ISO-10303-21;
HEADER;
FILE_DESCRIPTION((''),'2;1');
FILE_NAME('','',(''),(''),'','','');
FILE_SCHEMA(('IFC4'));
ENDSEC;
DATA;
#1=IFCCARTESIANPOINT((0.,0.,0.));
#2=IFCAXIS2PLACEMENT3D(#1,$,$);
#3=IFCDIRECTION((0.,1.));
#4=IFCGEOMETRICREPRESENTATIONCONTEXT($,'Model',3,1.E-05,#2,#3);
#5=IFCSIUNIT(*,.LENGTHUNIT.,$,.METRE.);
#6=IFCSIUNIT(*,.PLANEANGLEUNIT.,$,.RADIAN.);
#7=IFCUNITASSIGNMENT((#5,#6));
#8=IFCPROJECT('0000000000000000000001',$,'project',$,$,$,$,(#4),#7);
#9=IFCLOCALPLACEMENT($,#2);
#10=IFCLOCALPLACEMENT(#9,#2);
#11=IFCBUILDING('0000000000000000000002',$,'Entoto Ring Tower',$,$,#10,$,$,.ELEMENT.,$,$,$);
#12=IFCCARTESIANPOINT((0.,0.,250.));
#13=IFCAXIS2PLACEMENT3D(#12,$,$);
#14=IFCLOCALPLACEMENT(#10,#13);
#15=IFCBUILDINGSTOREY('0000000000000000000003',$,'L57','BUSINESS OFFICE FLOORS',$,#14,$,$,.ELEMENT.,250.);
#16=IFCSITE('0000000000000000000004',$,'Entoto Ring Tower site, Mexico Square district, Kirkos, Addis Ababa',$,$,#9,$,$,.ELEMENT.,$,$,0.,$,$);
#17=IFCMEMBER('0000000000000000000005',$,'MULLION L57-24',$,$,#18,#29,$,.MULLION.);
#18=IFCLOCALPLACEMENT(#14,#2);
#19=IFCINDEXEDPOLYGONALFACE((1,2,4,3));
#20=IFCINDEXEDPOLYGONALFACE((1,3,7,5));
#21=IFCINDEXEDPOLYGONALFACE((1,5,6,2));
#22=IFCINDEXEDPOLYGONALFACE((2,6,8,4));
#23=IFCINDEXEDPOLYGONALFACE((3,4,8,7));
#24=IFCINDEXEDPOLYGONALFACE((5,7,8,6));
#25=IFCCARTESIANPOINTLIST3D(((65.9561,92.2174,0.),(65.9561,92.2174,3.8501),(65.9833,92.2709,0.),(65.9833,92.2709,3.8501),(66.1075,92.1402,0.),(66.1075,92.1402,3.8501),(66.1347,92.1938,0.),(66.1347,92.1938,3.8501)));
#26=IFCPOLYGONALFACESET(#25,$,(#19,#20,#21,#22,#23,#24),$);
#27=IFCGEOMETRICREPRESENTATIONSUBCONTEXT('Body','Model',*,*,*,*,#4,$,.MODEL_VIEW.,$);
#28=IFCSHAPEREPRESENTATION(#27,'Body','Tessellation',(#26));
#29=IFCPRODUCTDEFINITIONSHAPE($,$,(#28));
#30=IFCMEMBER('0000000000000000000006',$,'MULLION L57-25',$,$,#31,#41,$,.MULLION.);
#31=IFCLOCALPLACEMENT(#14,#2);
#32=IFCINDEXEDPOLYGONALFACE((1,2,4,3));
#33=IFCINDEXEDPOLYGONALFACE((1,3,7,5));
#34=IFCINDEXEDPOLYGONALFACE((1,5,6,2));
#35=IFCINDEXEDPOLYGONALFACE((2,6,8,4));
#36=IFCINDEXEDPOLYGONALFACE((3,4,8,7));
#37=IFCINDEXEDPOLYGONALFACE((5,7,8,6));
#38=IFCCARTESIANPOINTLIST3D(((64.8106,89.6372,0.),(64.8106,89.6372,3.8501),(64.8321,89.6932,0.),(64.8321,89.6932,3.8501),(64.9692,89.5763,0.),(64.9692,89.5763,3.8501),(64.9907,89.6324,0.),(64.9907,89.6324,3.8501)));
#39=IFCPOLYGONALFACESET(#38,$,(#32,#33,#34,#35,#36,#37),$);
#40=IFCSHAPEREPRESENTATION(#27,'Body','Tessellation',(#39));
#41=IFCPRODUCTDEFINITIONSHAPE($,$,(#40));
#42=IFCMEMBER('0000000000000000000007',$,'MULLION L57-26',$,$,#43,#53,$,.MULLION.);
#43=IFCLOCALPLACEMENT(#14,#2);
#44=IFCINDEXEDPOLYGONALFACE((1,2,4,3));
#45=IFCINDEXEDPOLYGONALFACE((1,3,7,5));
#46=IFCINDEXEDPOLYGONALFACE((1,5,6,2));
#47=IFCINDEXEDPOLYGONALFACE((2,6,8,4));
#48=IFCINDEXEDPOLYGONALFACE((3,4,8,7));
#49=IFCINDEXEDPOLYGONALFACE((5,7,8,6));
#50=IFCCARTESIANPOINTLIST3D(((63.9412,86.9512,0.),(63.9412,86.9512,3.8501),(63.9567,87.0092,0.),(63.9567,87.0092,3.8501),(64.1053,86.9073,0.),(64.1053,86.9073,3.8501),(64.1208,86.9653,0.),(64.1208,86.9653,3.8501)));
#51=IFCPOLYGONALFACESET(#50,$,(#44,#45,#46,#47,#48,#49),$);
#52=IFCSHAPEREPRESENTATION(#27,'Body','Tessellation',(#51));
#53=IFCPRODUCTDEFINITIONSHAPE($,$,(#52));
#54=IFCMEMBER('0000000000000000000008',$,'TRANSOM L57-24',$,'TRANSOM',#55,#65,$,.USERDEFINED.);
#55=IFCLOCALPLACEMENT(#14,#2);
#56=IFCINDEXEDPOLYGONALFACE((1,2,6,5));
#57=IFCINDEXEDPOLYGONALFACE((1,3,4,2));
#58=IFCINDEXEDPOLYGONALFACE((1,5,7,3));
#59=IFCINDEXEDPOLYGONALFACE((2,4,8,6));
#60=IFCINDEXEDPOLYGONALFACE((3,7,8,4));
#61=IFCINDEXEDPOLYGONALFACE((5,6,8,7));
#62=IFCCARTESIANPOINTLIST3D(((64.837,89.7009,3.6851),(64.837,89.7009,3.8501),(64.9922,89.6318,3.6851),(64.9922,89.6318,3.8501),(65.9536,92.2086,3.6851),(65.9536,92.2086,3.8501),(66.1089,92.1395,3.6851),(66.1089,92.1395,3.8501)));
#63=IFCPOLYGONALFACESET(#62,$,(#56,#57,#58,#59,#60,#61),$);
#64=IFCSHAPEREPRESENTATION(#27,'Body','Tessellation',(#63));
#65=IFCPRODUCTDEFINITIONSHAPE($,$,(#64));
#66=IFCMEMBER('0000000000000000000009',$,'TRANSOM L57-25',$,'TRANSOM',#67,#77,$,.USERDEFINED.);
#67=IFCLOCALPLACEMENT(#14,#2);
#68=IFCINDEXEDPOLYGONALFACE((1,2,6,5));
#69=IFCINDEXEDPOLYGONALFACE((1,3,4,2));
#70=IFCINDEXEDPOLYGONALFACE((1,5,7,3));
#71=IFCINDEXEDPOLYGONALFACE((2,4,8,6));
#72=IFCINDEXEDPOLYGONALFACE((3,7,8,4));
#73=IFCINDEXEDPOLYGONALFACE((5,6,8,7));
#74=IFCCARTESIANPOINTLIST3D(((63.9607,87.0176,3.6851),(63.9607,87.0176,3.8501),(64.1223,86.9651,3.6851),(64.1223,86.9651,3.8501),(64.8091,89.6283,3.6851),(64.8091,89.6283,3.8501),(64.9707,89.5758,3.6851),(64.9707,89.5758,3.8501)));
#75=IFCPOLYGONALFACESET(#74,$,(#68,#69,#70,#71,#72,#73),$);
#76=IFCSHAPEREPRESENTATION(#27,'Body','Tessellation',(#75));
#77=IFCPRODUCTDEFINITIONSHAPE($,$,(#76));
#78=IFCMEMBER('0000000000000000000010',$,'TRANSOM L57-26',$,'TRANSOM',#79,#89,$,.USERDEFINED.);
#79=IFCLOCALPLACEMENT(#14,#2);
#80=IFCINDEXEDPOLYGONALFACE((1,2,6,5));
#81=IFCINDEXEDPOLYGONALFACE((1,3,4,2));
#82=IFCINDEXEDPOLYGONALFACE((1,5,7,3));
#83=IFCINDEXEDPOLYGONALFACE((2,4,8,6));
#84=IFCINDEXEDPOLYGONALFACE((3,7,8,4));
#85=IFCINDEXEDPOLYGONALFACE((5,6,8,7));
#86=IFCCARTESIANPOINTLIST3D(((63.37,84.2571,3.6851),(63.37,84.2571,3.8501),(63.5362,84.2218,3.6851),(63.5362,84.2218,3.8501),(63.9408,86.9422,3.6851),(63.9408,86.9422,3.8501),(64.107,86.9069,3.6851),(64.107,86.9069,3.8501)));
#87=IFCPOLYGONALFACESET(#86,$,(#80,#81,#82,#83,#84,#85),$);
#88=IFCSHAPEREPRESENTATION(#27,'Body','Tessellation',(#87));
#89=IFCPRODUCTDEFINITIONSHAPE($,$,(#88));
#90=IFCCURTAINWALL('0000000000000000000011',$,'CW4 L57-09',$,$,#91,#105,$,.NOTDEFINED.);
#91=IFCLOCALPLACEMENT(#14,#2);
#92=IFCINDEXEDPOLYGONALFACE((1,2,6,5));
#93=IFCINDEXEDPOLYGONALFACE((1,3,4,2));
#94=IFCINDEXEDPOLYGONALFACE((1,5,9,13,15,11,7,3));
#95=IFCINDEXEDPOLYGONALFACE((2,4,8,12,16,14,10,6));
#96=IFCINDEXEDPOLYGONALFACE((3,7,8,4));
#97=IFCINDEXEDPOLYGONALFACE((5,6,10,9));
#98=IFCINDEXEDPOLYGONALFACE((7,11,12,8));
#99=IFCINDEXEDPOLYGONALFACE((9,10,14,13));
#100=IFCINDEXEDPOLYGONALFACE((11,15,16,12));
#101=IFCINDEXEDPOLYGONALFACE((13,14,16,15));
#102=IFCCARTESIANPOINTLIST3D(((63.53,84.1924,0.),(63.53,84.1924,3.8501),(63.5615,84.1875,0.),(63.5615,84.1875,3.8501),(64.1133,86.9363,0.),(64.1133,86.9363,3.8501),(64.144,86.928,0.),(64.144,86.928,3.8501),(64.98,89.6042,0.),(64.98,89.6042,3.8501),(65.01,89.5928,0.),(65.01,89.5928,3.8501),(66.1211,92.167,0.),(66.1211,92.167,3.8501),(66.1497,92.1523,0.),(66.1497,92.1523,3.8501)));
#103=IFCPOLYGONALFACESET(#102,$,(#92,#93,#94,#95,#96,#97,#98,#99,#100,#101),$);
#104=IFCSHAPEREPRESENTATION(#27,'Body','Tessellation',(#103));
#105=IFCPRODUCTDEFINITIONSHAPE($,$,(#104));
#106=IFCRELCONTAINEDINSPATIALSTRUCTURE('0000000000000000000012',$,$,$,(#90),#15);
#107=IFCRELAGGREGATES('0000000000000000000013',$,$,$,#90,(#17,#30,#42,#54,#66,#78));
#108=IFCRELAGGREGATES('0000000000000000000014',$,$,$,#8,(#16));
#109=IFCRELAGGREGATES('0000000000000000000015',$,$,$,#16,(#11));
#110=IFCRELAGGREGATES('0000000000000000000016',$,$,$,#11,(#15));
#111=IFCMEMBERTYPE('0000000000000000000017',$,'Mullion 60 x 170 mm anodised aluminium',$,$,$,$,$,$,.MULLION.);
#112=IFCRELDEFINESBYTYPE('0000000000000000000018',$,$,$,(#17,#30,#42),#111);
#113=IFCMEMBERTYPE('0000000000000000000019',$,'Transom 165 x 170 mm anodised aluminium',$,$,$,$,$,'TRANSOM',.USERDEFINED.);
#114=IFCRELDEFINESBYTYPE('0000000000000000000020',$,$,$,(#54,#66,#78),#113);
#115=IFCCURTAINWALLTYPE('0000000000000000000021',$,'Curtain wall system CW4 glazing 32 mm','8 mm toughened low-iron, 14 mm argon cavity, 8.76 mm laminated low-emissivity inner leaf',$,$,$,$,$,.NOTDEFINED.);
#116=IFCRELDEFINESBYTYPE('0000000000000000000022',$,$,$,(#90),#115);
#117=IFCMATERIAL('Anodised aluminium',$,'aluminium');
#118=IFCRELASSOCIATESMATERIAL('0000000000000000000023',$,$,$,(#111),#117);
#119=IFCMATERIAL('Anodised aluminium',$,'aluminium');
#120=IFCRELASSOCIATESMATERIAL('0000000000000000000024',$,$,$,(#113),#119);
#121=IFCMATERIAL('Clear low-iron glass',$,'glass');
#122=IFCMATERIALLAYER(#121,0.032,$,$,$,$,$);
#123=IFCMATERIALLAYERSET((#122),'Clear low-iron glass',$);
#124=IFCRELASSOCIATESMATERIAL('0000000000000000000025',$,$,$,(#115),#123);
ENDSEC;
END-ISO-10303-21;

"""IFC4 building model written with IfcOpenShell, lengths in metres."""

from ifc_helpers import new_model, si_unit, direction, frame, origin, origin_2d, place, context, subcontext, project, spatial, polyline, rectangle, outline, extrude, material, layer, layer_set, material_profile, profile_set, type_object, element, aggregate, save


model = new_model("IFC4")

# Units and contexts
model_context = context("Model", 3, precision=1e-05, world=origin(), true_north=direction((0.0, 1.0)))
body_context = subcontext(model_context, "Body", "Model", "MODEL_VIEW")
ifc_project = project(units=[si_unit("LENGTHUNIT", "METRE"), si_unit("PLANEANGLEUNIT", "RADIAN")], contexts=[model_context])

# Members
ifc_material_1 = material(Name="Anodised aluminium", Category="aluminium")
ifc_material_profile_1 = material_profile(ifc_material_1, rectangle(XDim=0.0601, YDim=0.1699, at=origin_2d()), Name="Mullion 60 x 170 mm anodised aluminium")
ifc_profile_set_1 = profile_set([ifc_material_profile_1], Name="Anodised aluminium")
member_type_1 = type_object("IfcMemberType", Name="Mullion 60 x 170 mm anodised aluminium", PredefinedType="MULLION", material=ifc_profile_set_1)
site_placement = place(None, origin())
building_placement = place(site_placement, origin())
storey_placement = place(building_placement, frame((0.0, 0.0, 250.0)))
member_1_placement = place(storey_placement, frame((66.0454, 92.2056, 0.0), z_axis=(0.0, 0.0, 1.0), x_axis=(-0.45399, -0.891007, 0.0)))
member_1 = element("IfcMember", 1, at=member_1_placement, type_object=member_type_1, Name="MULLION L57-24", PredefinedType="MULLION", context=body_context, shape_type="SweptSolid", body=[
    extrude(rectangle(XDim=0.0601, YDim=0.1699, at=origin_2d()), origin(), (0.0, 0.0, 1.0), 3.8501),
])
member_2_placement = place(storey_placement, frame((64.9006, 89.6348, 0.0), z_axis=(0.0, 0.0, 1.0), x_axis=(-0.358368, -0.93358, 0.0)))
member_2 = element("IfcMember", 2, at=member_2_placement, type_object=member_type_1, Name="MULLION L57-25", PredefinedType="MULLION", context=body_context, shape_type="SweptSolid", body=[
    extrude(rectangle(XDim=0.0601, YDim=0.1699, at=origin_2d()), origin(), (0.0, 0.0, 1.0), 3.8501),
])
member_3_placement = place(storey_placement, frame((64.031, 86.9583, 0.0), z_axis=(0.0, 0.0, 1.0), x_axis=(-0.258819, -0.965926, 0.0)))
member_3 = element("IfcMember", 3, at=member_3_placement, type_object=member_type_1, Name="MULLION L57-26", PredefinedType="MULLION", context=body_context, shape_type="SweptSolid", body=[
    extrude(rectangle(XDim=0.0601, YDim=0.1699, at=origin_2d()), origin(), (0.0, 0.0, 1.0), 3.8501),
])
ifc_material_2 = material(Name="Anodised aluminium", Category="aluminium")
ifc_material_profile_2 = material_profile(ifc_material_2, rectangle(XDim=0.1699, YDim=0.165, at=origin_2d()), Name="Transom 165 x 170 mm anodised aluminium")
ifc_profile_set_2 = profile_set([ifc_material_profile_2], Name="Anodised aluminium")
member_type_2 = type_object("IfcMemberType", Name="Transom 165 x 170 mm anodised aluminium", ElementType="TRANSOM", PredefinedType="USERDEFINED", material=ifc_profile_set_2)
member_4_placement = place(storey_placement, frame((66.0312, 92.1741, 3.7676), z_axis=(-0.406782, -0.913525, 0.0), x_axis=(0.913525, -0.406782, 0.0)))
member_4 = element("IfcMember", 4, at=member_4_placement, type_object=member_type_2, Name="TRANSOM L57-24", ObjectType="TRANSOM", PredefinedType="USERDEFINED", context=body_context, shape_type="SweptSolid", body=[
    extrude(rectangle(XDim=0.1699, YDim=0.165, at=origin_2d()), origin(), (0.0, 0.0, 1.0), 2.7451),
])
member_5_placement = place(storey_placement, frame((64.8899, 89.6021, 3.7676), z_axis=(-0.309042, -0.951048, 0.0), x_axis=(0.951048, -0.309042, 0.0)))
member_5 = element("IfcMember", 5, at=member_5_placement, type_object=member_type_2, Name="TRANSOM L57-25", ObjectType="TRANSOM", PredefinedType="USERDEFINED", context=body_context, shape_type="SweptSolid", body=[
    extrude(rectangle(XDim=0.1699, YDim=0.165, at=origin_2d()), origin(), (0.0, 0.0, 1.0), 2.7451),
])
member_6_placement = place(storey_placement, frame((64.0239, 86.9246, 3.7676), z_axis=(-0.207937, -0.978142, 0.0), x_axis=(0.978142, -0.207937, 0.0)))
member_6 = element("IfcMember", 6, at=member_6_placement, type_object=member_type_2, Name="TRANSOM L57-26", ObjectType="TRANSOM", PredefinedType="USERDEFINED", context=body_context, shape_type="SweptSolid", body=[
    extrude(rectangle(XDim=0.1699, YDim=0.165, at=origin_2d()), origin(), (0.0, 0.0, 1.0), 2.7451),
])

# Site, building, storey
site = spatial("IfcSite", under=ifc_project, at=site_placement, Name="Entoto Ring Tower site, Mexico Square district, Kirkos, Addis Ababa", CompositionType="ELEMENT", RefElevation=0.0)
building = spatial("IfcBuilding", under=site, at=building_placement, Name="Entoto Ring Tower", CompositionType="ELEMENT")
storey = spatial("IfcBuildingStorey", under=building, at=storey_placement, Name="L57", Description="BUSINESS OFFICE FLOORS", CompositionType="ELEMENT", Elevation=250.0)

# Curtain wall
ifc_material_3 = material(Name="Clear low-iron glass", Category="glass")
ifc_layer = layer(ifc_material_3, 0.032)
ifc_layer_set = layer_set([ifc_layer], Name="Clear low-iron glass")
curtain_wall_type = type_object("IfcCurtainWallType", Name="Curtain wall system CW4 glazing 32 mm", Description="8 mm toughened low-iron, 14 mm argon cavity, 8.76 mm laminated low-emissivity inner leaf", PredefinedType="NOTDEFINED", material=ifc_layer_set)
curtain_wall_1_placement = place(storey_placement, origin())
curtain_wall_1 = element("IfcCurtainWall", 7, at=curtain_wall_1_placement, inside=storey, type_object=curtain_wall_type, Name="CW4 L57-09", PredefinedType="NOTDEFINED", context=body_context, shape_type="SweptSolid", body=[
    extrude(outline(polyline([(66.1211, 92.167), (64.98, 89.6042), (64.1133, 86.9363), (63.53, 84.1924), (63.5615, 84.1875), (64.144, 86.928), (65.01, 89.5928), (66.1497, 92.1523), (66.1211, 92.167)])), origin(), (0.0, 0.0, 1.0), 3.8501),
])
aggregate(curtain_wall_1, [member_1, member_2, member_3, member_4, member_5, member_6])

save(model, "model.ifc")
